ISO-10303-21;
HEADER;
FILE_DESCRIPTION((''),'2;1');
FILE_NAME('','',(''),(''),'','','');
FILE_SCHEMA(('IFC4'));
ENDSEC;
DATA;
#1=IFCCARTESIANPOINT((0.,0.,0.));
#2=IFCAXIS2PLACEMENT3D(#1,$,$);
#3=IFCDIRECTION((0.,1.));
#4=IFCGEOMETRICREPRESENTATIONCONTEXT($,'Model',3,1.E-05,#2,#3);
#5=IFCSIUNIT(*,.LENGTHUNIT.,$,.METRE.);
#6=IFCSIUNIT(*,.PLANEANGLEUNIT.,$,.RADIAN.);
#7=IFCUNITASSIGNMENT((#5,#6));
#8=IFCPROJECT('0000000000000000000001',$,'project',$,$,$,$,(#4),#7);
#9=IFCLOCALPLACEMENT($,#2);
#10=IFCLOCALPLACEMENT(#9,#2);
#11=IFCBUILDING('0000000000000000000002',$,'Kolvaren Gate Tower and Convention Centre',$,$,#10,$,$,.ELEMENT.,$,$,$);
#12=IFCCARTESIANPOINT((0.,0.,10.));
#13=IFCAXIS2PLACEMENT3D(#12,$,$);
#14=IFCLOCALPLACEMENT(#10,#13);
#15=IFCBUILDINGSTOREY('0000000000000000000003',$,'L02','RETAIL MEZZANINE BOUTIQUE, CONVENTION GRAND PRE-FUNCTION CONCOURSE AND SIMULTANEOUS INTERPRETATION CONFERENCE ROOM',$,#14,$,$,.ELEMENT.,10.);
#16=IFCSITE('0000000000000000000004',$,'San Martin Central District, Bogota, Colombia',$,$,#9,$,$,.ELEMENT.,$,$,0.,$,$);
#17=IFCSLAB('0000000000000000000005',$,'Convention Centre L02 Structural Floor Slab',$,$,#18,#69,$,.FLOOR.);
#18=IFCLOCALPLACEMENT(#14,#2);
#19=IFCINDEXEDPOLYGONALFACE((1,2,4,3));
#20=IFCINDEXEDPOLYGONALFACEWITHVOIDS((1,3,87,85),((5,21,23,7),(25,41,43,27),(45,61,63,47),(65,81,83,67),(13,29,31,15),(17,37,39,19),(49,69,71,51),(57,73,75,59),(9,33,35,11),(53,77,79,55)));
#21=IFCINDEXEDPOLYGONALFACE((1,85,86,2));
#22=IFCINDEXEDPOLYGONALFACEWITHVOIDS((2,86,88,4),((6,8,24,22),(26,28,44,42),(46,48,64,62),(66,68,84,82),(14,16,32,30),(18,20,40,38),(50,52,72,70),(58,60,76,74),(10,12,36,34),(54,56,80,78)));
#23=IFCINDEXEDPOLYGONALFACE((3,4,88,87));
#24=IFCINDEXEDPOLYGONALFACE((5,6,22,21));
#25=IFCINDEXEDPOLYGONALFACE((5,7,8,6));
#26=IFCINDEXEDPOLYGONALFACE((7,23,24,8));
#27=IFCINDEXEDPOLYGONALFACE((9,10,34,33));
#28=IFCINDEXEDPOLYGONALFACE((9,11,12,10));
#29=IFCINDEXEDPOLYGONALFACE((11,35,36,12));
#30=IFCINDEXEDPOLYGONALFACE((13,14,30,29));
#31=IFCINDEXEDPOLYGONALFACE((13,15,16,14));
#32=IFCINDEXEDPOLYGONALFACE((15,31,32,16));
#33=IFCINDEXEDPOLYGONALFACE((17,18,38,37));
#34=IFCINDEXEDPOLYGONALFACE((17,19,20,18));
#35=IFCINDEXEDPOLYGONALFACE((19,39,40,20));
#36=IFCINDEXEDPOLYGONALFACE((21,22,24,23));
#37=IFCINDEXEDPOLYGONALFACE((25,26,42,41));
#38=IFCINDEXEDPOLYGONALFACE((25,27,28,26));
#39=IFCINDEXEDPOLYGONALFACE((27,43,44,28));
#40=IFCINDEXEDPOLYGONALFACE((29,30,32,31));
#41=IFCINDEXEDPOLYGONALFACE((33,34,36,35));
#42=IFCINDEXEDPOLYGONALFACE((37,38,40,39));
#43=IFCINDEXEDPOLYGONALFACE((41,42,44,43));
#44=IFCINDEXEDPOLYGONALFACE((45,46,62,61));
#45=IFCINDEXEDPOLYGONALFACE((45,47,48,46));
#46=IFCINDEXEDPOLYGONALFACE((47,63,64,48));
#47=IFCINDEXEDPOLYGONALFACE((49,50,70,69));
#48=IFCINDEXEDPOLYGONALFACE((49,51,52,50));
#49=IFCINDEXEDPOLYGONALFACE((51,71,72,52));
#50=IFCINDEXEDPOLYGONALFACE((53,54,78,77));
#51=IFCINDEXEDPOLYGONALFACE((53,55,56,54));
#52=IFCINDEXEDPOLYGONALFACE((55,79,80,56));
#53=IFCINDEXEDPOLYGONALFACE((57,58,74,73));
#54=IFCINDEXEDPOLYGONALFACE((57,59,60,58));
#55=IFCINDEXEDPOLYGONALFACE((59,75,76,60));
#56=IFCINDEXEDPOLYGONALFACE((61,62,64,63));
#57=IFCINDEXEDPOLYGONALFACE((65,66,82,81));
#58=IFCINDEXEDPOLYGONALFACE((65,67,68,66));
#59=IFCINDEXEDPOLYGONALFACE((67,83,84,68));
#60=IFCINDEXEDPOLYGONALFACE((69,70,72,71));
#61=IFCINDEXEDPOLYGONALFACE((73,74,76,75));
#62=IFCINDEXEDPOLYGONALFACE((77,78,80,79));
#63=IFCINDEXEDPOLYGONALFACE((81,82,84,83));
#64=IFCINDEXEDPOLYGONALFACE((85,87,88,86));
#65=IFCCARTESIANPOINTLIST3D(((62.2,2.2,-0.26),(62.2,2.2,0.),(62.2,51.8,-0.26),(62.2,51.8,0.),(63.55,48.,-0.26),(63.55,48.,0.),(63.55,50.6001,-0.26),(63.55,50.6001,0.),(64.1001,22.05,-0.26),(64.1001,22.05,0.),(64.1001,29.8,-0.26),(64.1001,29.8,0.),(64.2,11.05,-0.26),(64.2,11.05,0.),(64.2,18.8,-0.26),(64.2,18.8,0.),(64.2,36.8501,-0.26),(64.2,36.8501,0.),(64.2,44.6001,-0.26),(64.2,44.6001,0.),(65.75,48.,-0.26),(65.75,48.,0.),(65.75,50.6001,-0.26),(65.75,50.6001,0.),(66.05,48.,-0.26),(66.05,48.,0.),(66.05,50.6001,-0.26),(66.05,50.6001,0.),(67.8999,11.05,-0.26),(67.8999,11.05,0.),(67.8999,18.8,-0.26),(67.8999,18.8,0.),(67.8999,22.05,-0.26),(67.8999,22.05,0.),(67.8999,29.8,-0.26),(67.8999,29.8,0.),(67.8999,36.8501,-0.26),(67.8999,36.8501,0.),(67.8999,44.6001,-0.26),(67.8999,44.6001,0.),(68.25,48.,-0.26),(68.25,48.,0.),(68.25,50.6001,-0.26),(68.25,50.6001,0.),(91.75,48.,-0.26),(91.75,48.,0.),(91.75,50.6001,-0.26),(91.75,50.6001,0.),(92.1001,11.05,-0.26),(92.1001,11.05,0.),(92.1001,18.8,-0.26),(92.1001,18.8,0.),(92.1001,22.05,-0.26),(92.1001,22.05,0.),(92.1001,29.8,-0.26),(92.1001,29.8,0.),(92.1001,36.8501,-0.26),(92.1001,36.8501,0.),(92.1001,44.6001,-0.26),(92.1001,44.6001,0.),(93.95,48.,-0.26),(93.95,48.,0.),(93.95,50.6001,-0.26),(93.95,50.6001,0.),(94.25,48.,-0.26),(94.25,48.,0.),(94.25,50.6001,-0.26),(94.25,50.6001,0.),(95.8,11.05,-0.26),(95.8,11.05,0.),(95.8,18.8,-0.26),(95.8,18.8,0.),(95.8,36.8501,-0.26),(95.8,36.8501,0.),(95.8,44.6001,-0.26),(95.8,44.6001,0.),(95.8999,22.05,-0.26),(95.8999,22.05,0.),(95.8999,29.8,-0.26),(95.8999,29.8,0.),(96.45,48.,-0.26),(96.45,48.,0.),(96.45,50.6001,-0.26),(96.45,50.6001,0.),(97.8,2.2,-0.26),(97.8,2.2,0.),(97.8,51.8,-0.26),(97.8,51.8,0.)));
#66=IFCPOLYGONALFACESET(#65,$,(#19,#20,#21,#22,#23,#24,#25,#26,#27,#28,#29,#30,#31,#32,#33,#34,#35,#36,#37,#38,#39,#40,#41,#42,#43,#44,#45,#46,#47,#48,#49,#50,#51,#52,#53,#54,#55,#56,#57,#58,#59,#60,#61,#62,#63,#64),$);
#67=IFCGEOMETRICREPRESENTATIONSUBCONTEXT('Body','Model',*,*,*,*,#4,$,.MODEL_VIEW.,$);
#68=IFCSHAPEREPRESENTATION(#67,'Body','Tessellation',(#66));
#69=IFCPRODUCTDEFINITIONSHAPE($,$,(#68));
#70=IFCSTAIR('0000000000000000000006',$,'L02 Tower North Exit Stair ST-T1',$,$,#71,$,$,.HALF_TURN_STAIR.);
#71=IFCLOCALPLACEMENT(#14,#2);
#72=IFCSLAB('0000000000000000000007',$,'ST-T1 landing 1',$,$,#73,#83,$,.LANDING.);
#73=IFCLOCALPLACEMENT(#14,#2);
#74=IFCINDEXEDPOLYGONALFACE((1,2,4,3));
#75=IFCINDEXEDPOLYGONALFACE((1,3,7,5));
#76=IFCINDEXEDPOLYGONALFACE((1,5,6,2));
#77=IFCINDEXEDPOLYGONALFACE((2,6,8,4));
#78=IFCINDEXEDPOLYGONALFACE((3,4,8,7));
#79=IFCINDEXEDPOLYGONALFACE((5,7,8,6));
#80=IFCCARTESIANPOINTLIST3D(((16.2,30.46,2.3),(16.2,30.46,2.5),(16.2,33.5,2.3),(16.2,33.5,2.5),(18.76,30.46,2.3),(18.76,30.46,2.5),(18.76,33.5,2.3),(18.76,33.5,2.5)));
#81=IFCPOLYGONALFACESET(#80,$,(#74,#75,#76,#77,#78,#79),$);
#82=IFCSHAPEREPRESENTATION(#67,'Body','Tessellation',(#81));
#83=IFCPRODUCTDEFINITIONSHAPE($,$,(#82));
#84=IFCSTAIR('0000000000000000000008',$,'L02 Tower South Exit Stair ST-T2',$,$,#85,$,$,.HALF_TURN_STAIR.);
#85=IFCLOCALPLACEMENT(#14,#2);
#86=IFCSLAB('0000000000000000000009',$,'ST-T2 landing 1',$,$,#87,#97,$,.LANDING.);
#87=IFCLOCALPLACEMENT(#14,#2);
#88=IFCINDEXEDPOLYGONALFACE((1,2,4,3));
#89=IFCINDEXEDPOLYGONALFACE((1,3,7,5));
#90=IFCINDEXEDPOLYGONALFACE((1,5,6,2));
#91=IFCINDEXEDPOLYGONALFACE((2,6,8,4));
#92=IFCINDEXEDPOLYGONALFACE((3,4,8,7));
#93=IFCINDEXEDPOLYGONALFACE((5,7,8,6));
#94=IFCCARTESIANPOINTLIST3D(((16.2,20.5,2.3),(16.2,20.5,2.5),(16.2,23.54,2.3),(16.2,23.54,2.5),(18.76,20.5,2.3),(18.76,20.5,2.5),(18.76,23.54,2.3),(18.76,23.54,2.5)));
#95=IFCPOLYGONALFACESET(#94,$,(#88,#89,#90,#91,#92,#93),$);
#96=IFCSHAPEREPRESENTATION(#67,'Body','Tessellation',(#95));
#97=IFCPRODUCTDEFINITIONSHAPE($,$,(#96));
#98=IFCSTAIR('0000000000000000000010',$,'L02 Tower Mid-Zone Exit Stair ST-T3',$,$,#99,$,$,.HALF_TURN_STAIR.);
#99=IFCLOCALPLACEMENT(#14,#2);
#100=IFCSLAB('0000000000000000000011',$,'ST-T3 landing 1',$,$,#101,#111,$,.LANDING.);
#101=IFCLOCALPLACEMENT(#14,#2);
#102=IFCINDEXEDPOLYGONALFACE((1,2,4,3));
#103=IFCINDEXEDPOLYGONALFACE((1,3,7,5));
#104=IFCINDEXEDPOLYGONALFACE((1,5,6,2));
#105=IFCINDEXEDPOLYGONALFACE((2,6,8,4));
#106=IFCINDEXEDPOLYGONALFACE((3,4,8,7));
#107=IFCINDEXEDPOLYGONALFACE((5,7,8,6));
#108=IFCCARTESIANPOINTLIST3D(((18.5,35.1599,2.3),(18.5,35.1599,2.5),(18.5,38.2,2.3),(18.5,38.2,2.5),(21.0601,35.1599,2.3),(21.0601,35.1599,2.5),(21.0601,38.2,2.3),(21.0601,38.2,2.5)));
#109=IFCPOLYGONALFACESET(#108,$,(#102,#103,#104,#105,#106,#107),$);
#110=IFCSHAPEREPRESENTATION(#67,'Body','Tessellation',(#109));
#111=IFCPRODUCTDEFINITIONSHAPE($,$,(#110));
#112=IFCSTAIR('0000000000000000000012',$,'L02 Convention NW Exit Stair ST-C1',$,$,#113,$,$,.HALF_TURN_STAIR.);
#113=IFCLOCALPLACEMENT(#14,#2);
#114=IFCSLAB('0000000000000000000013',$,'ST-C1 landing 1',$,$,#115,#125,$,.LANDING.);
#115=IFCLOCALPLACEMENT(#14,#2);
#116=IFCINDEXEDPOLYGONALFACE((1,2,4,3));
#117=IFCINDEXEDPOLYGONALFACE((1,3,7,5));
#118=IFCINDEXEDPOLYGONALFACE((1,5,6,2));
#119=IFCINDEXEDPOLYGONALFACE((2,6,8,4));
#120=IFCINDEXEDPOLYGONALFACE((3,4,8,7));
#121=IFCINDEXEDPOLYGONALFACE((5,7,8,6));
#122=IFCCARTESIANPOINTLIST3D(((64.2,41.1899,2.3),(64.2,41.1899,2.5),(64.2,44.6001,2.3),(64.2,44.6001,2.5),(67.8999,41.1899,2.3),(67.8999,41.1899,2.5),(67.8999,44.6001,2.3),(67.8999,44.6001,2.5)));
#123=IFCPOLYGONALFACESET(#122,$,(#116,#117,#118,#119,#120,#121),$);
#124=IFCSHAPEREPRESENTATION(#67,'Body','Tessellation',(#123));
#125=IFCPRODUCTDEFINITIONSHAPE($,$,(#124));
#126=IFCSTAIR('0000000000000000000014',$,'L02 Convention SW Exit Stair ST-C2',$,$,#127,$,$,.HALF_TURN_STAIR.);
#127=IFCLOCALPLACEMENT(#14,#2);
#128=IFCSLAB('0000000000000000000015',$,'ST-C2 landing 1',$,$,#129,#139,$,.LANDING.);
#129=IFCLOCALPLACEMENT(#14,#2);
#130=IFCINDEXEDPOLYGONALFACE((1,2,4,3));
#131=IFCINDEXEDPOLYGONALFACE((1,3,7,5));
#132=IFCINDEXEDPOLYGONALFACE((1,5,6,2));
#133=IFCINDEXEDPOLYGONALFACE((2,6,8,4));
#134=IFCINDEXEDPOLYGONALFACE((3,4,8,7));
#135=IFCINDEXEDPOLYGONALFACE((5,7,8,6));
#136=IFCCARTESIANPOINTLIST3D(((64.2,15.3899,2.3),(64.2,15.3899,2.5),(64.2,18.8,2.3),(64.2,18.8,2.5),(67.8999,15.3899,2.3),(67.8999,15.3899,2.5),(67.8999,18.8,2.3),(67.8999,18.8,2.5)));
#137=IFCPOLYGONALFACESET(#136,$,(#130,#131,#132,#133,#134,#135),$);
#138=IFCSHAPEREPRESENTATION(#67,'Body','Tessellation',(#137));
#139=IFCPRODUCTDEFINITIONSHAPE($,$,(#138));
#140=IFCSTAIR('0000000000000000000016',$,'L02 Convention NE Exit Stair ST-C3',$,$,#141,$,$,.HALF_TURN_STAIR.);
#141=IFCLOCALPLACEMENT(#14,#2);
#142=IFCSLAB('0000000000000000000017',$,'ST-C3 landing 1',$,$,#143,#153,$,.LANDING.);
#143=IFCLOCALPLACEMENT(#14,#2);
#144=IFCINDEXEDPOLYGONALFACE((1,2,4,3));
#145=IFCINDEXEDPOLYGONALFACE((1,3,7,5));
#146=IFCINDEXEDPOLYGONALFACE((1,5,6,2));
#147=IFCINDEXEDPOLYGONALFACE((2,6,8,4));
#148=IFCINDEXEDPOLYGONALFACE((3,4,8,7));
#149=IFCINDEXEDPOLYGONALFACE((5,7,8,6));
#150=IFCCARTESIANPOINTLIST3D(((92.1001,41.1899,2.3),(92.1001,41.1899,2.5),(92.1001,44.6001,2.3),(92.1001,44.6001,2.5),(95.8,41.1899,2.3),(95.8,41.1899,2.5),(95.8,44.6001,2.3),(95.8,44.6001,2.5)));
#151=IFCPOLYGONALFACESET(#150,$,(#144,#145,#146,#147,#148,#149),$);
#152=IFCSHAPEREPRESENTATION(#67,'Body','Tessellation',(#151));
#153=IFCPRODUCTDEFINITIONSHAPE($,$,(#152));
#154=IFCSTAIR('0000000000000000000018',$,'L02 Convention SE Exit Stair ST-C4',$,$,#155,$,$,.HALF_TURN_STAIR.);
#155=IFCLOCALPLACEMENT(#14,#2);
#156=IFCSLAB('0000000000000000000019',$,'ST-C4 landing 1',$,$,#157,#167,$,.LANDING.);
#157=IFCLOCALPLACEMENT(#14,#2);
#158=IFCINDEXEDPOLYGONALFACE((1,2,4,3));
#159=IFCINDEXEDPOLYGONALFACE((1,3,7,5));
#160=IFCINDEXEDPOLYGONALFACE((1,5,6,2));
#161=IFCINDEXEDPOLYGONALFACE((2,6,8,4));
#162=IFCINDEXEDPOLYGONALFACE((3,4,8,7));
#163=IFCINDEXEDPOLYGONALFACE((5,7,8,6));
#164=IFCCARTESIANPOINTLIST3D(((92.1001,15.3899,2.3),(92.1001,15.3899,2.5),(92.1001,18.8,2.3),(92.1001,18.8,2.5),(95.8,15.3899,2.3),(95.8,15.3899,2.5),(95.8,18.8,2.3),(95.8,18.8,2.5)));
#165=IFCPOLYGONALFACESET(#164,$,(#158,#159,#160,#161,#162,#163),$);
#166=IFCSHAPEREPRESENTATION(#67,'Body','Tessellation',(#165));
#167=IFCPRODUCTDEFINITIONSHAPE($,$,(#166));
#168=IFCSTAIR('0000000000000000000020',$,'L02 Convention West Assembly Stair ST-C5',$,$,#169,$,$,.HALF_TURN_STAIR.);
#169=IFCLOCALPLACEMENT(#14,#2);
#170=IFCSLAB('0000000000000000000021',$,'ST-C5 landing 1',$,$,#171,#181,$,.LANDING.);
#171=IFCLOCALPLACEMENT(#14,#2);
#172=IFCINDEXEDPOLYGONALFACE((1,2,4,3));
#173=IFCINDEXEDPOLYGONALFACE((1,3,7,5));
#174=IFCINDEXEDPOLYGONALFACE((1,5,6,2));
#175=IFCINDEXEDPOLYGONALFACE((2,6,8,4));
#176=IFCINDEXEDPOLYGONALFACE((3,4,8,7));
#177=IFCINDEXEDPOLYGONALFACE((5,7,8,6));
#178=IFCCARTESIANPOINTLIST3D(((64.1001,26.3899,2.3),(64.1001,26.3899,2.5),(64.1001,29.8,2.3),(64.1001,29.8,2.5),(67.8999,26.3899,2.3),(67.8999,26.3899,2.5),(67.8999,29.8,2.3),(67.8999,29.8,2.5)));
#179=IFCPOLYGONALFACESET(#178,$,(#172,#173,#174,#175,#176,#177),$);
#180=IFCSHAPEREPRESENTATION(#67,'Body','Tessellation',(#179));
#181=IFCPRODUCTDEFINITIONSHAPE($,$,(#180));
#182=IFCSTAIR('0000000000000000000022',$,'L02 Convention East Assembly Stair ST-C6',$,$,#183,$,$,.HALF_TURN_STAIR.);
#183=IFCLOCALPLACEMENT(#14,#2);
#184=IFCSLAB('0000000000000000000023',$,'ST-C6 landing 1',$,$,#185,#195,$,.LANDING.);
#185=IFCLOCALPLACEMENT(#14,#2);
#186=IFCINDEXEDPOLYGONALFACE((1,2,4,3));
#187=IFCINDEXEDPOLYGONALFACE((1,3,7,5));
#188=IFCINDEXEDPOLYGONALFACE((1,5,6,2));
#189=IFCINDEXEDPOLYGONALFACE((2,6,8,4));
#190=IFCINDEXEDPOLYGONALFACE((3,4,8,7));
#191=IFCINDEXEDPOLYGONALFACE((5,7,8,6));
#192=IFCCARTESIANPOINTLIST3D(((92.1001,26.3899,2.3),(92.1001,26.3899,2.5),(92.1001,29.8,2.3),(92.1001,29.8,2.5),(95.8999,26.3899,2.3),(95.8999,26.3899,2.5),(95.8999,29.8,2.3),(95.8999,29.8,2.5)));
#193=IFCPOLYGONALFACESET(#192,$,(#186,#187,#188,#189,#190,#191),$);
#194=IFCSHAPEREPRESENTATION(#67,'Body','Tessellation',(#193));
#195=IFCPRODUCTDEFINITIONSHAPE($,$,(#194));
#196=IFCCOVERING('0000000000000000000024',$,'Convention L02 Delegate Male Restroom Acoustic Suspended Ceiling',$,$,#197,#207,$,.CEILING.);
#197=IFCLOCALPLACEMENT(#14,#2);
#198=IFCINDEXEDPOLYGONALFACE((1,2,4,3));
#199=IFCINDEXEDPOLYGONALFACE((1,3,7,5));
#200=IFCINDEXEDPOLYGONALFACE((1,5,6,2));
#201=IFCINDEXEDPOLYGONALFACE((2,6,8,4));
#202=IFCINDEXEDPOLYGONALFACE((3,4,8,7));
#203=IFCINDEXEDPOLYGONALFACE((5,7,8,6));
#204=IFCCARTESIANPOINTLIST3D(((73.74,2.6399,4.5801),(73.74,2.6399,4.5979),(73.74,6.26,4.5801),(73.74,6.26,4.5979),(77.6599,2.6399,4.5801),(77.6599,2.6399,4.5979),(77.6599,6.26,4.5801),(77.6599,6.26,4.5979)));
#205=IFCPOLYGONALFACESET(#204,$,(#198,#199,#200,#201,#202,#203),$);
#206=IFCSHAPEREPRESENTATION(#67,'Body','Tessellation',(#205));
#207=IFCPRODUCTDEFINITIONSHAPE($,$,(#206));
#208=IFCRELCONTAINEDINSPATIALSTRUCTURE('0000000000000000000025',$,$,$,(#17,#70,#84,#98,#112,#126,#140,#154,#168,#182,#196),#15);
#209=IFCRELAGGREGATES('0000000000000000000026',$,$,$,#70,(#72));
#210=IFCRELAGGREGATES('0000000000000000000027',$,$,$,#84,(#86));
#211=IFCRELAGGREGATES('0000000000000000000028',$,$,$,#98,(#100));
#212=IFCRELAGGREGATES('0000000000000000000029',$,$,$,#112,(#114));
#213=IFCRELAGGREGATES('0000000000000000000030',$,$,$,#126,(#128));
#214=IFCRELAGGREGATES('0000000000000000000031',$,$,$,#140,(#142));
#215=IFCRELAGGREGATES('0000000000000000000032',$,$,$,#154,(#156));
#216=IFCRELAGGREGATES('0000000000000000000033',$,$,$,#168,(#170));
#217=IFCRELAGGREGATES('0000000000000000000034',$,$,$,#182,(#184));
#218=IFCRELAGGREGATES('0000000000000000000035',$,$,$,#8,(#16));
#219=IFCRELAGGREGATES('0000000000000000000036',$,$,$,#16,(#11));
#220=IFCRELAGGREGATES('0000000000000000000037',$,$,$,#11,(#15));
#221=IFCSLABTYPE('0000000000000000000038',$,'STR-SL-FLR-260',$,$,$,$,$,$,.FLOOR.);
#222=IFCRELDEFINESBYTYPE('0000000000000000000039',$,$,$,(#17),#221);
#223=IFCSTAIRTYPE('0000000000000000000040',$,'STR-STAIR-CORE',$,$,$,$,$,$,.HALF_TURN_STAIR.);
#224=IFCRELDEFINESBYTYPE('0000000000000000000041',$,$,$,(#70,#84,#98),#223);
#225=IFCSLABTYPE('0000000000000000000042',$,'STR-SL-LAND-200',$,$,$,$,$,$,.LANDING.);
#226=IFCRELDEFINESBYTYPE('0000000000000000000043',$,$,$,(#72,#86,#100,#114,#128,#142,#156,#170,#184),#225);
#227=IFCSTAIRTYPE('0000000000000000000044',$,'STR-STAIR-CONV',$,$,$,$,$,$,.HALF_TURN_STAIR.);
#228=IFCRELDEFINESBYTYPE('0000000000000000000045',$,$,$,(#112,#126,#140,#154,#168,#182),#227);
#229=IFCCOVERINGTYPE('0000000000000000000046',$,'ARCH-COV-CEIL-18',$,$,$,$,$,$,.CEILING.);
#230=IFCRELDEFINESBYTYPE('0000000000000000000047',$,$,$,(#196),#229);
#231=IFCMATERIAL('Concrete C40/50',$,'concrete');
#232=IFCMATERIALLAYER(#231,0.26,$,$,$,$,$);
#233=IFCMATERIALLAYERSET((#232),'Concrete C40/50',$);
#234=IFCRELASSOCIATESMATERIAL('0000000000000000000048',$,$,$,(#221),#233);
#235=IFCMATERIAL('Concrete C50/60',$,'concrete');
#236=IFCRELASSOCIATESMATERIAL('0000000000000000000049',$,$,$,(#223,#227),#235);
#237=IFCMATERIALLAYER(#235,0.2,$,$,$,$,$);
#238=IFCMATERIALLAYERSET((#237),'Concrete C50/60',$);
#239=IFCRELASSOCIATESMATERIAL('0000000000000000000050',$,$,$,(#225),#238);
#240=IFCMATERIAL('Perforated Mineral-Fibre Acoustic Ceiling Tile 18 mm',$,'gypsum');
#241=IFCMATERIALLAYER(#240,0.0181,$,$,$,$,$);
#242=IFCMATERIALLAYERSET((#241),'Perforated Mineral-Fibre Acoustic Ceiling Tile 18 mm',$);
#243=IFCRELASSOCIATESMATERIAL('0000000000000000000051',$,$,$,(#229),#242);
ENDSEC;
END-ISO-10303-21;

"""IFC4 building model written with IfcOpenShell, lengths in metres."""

from ifc_helpers import new_model, si_unit, direction, frame, origin, place, context, subcontext, project, spatial, polyline, outline, extrude, material, layer, layer_set, type_object, element, aggregate, save


model = new_model("IFC4")

# Units and contexts
model_context = context("Model", 3, precision=1e-05, world=origin(), true_north=direction((0.0, 1.0)))
body_context = subcontext(model_context, "Body", "Model", "MODEL_VIEW")
ifc_project = project(units=[si_unit("LENGTHUNIT", "METRE"), si_unit("PLANEANGLEUNIT", "RADIAN")], contexts=[model_context])

# Site, building, storey
site_placement = place(None, origin())
site = spatial("IfcSite", under=ifc_project, at=site_placement, Name="San Martin Central District, Bogota, Colombia", CompositionType="ELEMENT", RefElevation=0.0)
building_placement = place(site_placement, origin())
building = spatial("IfcBuilding", under=site, at=building_placement, Name="Kolvaren Gate Tower and Convention Centre", CompositionType="ELEMENT")
storey_placement = place(building_placement, frame((0.0, 0.0, 10.0)))
storey = spatial("IfcBuildingStorey", under=building, at=storey_placement, Name="L02", Description="RETAIL MEZZANINE BOUTIQUE, CONVENTION GRAND PRE-FUNCTION CONCOURSE AND SIMULTANEOUS INTERPRETATION CONFERENCE ROOM", CompositionType="ELEMENT", Elevation=10.0)

# Slab
ifc_material_1 = material(Name="Concrete C40/50", Category="concrete")
ifc_layer_1 = layer(ifc_material_1, 0.26)
ifc_layer_set_1 = layer_set([ifc_layer_1], Name="Concrete C40/50")
slab_type_1 = type_object("IfcSlabType", Name="STR-SL-FLR-260", PredefinedType="FLOOR", material=ifc_layer_set_1)
slab_1_placement = place(storey_placement, frame((0.0, 0.0, -0.26)))
element("IfcSlab", 1, at=slab_1_placement, inside=storey, type_object=slab_type_1, Name="Convention Centre L02 Structural Floor Slab", PredefinedType="FLOOR", context=body_context, shape_type="SweptSolid", body=[
    extrude(outline(polyline([(62.2, 2.2), (97.8, 2.2), (97.8, 51.8), (62.2, 51.8), (62.2, 2.2)]), holes=[polyline([(94.25, 48.0), (94.25, 50.6001), (96.45, 50.6001), (96.45, 48.0), (94.25, 48.0)]), polyline([(95.8999, 22.05), (92.1001, 22.05), (92.1001, 29.8), (95.8999, 29.8), (95.8999, 22.05)]), polyline([(95.8, 18.8), (95.8, 11.05), (92.1001, 11.05), (92.1001, 18.8), (95.8, 18.8)]), polyline([(95.8, 44.6001), (95.8, 36.8501), (92.1001, 36.8501), (92.1001, 44.6001), (95.8, 44.6001)]), polyline([(91.75, 48.0), (91.75, 50.6001), (93.95, 50.6001), (93.95, 48.0), (91.75, 48.0)]), polyline([(68.25, 48.0), (66.05, 48.0), (66.05, 50.6001), (68.25, 50.6001), (68.25, 48.0)]), polyline([(67.8999, 18.8), (67.8999, 11.05), (64.2, 11.05), (64.2, 18.8), (67.8999, 18.8)]), polyline([(67.8999, 29.8), (67.8999, 22.05), (64.1001, 22.05), (64.1001, 29.8), (67.8999, 29.8)]), polyline([(67.8999, 36.8501), (64.2, 36.8501), (64.2, 44.6001), (67.8999, 44.6001), (67.8999, 36.8501)]), polyline([(65.75, 48.0), (63.55, 48.0), (63.55, 50.6001), (65.75, 50.6001), (65.75, 48.0)])]), origin(), (0.0, 0.0, 1.0), 0.26),
])

# Stairs, slabs
ifc_material_2 = material(Name="Concrete C50/60", Category="concrete")
stair_type_1 = type_object("IfcStairType", Name="STR-STAIR-CORE", PredefinedType="HALF_TURN_STAIR", material=ifc_material_2)
stair_1_placement = place(storey_placement, origin())
stair_1 = element("IfcStair", 2, at=stair_1_placement, inside=storey, type_object=stair_type_1, Name="L02 Tower North Exit Stair ST-T1", PredefinedType="HALF_TURN_STAIR")
ifc_layer_2 = layer(ifc_material_2, 0.2)
ifc_layer_set_2 = layer_set([ifc_layer_2], Name="Concrete C50/60")
slab_type_2 = type_object("IfcSlabType", Name="STR-SL-LAND-200", PredefinedType="LANDING", material=ifc_layer_set_2)
slab_2_placement = place(storey_placement, frame((0.0, 0.0, 2.3)))
slab_2 = element("IfcSlab", 3, at=slab_2_placement, type_object=slab_type_2, Name="ST-T1 landing 1", PredefinedType="LANDING", context=body_context, shape_type="SweptSolid", body=[
    extrude(outline(polyline([(18.76, 33.5), (16.2, 33.5), (16.2, 30.46), (18.76, 30.46), (18.76, 33.5)])), origin(), (0.0, 0.0, 1.0), 0.2),
])
aggregate(stair_1, [slab_2])
stair_2_placement = place(storey_placement, origin())
stair_2 = element("IfcStair", 4, at=stair_2_placement, inside=storey, type_object=stair_type_1, Name="L02 Tower South Exit Stair ST-T2", PredefinedType="HALF_TURN_STAIR")
slab_3_placement = place(storey_placement, frame((0.0, 0.0, 2.3)))
slab_3 = element("IfcSlab", 5, at=slab_3_placement, type_object=slab_type_2, Name="ST-T2 landing 1", PredefinedType="LANDING", context=body_context, shape_type="SweptSolid", body=[
    extrude(outline(polyline([(18.76, 23.54), (16.2, 23.54), (16.2, 20.5), (18.76, 20.5), (18.76, 23.54)])), origin(), (0.0, 0.0, 1.0), 0.2),
])
aggregate(stair_2, [slab_3])
stair_3_placement = place(storey_placement, origin())
stair_3 = element("IfcStair", 6, at=stair_3_placement, inside=storey, type_object=stair_type_1, Name="L02 Tower Mid-Zone Exit Stair ST-T3", PredefinedType="HALF_TURN_STAIR")
slab_4_placement = place(storey_placement, frame((0.0, 0.0, 2.3)))
slab_4 = element("IfcSlab", 7, at=slab_4_placement, type_object=slab_type_2, Name="ST-T3 landing 1", PredefinedType="LANDING", context=body_context, shape_type="SweptSolid", body=[
    extrude(outline(polyline([(21.0601, 38.2), (18.5, 38.2), (18.5, 35.1599), (21.0601, 35.1599), (21.0601, 38.2)])), origin(), (0.0, 0.0, 1.0), 0.2),
])
aggregate(stair_3, [slab_4])
stair_type_2 = type_object("IfcStairType", Name="STR-STAIR-CONV", PredefinedType="HALF_TURN_STAIR", material=ifc_material_2)
stair_4_placement = place(storey_placement, origin())
stair_4 = element("IfcStair", 8, at=stair_4_placement, inside=storey, type_object=stair_type_2, Name="L02 Convention NW Exit Stair ST-C1", PredefinedType="HALF_TURN_STAIR")
slab_5_placement = place(storey_placement, frame((0.0, 0.0, 2.3)))
slab_5 = element("IfcSlab", 9, at=slab_5_placement, type_object=slab_type_2, Name="ST-C1 landing 1", PredefinedType="LANDING", context=body_context, shape_type="SweptSolid", body=[
    extrude(outline(polyline([(67.8999, 41.1899), (67.8999, 44.6001), (64.2, 44.6001), (64.2, 41.1899), (67.8999, 41.1899)])), origin(), (0.0, 0.0, 1.0), 0.2),
])
aggregate(stair_4, [slab_5])
stair_5_placement = place(storey_placement, origin())
stair_5 = element("IfcStair", 10, at=stair_5_placement, inside=storey, type_object=stair_type_2, Name="L02 Convention SW Exit Stair ST-C2", PredefinedType="HALF_TURN_STAIR")
slab_6_placement = place(storey_placement, frame((0.0, 0.0, 2.3)))
slab_6 = element("IfcSlab", 11, at=slab_6_placement, type_object=slab_type_2, Name="ST-C2 landing 1", PredefinedType="LANDING", context=body_context, shape_type="SweptSolid", body=[
    extrude(outline(polyline([(67.8999, 15.3899), (67.8999, 18.8), (64.2, 18.8), (64.2, 15.3899), (67.8999, 15.3899)])), origin(), (0.0, 0.0, 1.0), 0.2),
])
aggregate(stair_5, [slab_6])
stair_6_placement = place(storey_placement, origin())
stair_6 = element("IfcStair", 12, at=stair_6_placement, inside=storey, type_object=stair_type_2, Name="L02 Convention NE Exit Stair ST-C3", PredefinedType="HALF_TURN_STAIR")
slab_7_placement = place(storey_placement, frame((0.0, 0.0, 2.3)))
slab_7 = element("IfcSlab", 13, at=slab_7_placement, type_object=slab_type_2, Name="ST-C3 landing 1", PredefinedType="LANDING", context=body_context, shape_type="SweptSolid", body=[
    extrude(outline(polyline([(95.8, 41.1899), (95.8, 44.6001), (92.1001, 44.6001), (92.1001, 41.1899), (95.8, 41.1899)])), origin(), (0.0, 0.0, 1.0), 0.2),
])
aggregate(stair_6, [slab_7])
stair_7_placement = place(storey_placement, origin())
stair_7 = element("IfcStair", 14, at=stair_7_placement, inside=storey, type_object=stair_type_2, Name="L02 Convention SE Exit Stair ST-C4", PredefinedType="HALF_TURN_STAIR")
slab_8_placement = place(storey_placement, frame((0.0, 0.0, 2.3)))
slab_8 = element("IfcSlab", 15, at=slab_8_placement, type_object=slab_type_2, Name="ST-C4 landing 1", PredefinedType="LANDING", context=body_context, shape_type="SweptSolid", body=[
    extrude(outline(polyline([(95.8, 15.3899), (95.8, 18.8), (92.1001, 18.8), (92.1001, 15.3899), (95.8, 15.3899)])), origin(), (0.0, 0.0, 1.0), 0.2),
])
aggregate(stair_7, [slab_8])
stair_8_placement = place(storey_placement, origin())
stair_8 = element("IfcStair", 16, at=stair_8_placement, inside=storey, type_object=stair_type_2, Name="L02 Convention West Assembly Stair ST-C5", PredefinedType="HALF_TURN_STAIR")
slab_9_placement = place(storey_placement, frame((0.0, 0.0, 2.3)))
slab_9 = element("IfcSlab", 17, at=slab_9_placement, type_object=slab_type_2, Name="ST-C5 landing 1", PredefinedType="LANDING", context=body_context, shape_type="SweptSolid", body=[
    extrude(outline(polyline([(67.8999, 26.3899), (67.8999, 29.8), (64.1001, 29.8), (64.1001, 26.3899), (67.8999, 26.3899)])), origin(), (0.0, 0.0, 1.0), 0.2),
])
aggregate(stair_8, [slab_9])
stair_9_placement = place(storey_placement, origin())
stair_9 = element("IfcStair", 18, at=stair_9_placement, inside=storey, type_object=stair_type_2, Name="L02 Convention East Assembly Stair ST-C6", PredefinedType="HALF_TURN_STAIR")
slab_10_placement = place(storey_placement, frame((0.0, 0.0, 2.3)))
slab_10 = element("IfcSlab", 19, at=slab_10_placement, type_object=slab_type_2, Name="ST-C6 landing 1", PredefinedType="LANDING", context=body_context, shape_type="SweptSolid", body=[
    extrude(outline(polyline([(95.8999, 26.3899), (95.8999, 29.8), (92.1001, 29.8), (92.1001, 26.3899), (95.8999, 26.3899)])), origin(), (0.0, 0.0, 1.0), 0.2),
])
aggregate(stair_9, [slab_10])

# Covering
ifc_material_3 = material(Name="Perforated Mineral-Fibre Acoustic Ceiling Tile 18 mm", Category="gypsum")
ifc_layer_3 = layer(ifc_material_3, 0.0181)
ifc_layer_set_3 = layer_set([ifc_layer_3], Name="Perforated Mineral-Fibre Acoustic Ceiling Tile 18 mm")
covering_type_1 = type_object("IfcCoveringType", Name="ARCH-COV-CEIL-18", PredefinedType="CEILING", material=ifc_layer_set_3)
covering_1_placement = place(storey_placement, frame((0.0, 0.0, 4.5801)))
element("IfcCovering", 20, at=covering_1_placement, inside=storey, type_object=covering_type_1, Name="Convention L02 Delegate Male Restroom Acoustic Suspended Ceiling", PredefinedType="CEILING", context=body_context, shape_type="SweptSolid", body=[
    extrude(outline(polyline([(73.74, 6.26), (77.6599, 6.26), (77.6599, 2.6399), (73.74, 2.6399), (73.74, 6.26)])), origin(), (0.0, 0.0, 1.0), 0.0178),
])

save(model, "model.ifc")
